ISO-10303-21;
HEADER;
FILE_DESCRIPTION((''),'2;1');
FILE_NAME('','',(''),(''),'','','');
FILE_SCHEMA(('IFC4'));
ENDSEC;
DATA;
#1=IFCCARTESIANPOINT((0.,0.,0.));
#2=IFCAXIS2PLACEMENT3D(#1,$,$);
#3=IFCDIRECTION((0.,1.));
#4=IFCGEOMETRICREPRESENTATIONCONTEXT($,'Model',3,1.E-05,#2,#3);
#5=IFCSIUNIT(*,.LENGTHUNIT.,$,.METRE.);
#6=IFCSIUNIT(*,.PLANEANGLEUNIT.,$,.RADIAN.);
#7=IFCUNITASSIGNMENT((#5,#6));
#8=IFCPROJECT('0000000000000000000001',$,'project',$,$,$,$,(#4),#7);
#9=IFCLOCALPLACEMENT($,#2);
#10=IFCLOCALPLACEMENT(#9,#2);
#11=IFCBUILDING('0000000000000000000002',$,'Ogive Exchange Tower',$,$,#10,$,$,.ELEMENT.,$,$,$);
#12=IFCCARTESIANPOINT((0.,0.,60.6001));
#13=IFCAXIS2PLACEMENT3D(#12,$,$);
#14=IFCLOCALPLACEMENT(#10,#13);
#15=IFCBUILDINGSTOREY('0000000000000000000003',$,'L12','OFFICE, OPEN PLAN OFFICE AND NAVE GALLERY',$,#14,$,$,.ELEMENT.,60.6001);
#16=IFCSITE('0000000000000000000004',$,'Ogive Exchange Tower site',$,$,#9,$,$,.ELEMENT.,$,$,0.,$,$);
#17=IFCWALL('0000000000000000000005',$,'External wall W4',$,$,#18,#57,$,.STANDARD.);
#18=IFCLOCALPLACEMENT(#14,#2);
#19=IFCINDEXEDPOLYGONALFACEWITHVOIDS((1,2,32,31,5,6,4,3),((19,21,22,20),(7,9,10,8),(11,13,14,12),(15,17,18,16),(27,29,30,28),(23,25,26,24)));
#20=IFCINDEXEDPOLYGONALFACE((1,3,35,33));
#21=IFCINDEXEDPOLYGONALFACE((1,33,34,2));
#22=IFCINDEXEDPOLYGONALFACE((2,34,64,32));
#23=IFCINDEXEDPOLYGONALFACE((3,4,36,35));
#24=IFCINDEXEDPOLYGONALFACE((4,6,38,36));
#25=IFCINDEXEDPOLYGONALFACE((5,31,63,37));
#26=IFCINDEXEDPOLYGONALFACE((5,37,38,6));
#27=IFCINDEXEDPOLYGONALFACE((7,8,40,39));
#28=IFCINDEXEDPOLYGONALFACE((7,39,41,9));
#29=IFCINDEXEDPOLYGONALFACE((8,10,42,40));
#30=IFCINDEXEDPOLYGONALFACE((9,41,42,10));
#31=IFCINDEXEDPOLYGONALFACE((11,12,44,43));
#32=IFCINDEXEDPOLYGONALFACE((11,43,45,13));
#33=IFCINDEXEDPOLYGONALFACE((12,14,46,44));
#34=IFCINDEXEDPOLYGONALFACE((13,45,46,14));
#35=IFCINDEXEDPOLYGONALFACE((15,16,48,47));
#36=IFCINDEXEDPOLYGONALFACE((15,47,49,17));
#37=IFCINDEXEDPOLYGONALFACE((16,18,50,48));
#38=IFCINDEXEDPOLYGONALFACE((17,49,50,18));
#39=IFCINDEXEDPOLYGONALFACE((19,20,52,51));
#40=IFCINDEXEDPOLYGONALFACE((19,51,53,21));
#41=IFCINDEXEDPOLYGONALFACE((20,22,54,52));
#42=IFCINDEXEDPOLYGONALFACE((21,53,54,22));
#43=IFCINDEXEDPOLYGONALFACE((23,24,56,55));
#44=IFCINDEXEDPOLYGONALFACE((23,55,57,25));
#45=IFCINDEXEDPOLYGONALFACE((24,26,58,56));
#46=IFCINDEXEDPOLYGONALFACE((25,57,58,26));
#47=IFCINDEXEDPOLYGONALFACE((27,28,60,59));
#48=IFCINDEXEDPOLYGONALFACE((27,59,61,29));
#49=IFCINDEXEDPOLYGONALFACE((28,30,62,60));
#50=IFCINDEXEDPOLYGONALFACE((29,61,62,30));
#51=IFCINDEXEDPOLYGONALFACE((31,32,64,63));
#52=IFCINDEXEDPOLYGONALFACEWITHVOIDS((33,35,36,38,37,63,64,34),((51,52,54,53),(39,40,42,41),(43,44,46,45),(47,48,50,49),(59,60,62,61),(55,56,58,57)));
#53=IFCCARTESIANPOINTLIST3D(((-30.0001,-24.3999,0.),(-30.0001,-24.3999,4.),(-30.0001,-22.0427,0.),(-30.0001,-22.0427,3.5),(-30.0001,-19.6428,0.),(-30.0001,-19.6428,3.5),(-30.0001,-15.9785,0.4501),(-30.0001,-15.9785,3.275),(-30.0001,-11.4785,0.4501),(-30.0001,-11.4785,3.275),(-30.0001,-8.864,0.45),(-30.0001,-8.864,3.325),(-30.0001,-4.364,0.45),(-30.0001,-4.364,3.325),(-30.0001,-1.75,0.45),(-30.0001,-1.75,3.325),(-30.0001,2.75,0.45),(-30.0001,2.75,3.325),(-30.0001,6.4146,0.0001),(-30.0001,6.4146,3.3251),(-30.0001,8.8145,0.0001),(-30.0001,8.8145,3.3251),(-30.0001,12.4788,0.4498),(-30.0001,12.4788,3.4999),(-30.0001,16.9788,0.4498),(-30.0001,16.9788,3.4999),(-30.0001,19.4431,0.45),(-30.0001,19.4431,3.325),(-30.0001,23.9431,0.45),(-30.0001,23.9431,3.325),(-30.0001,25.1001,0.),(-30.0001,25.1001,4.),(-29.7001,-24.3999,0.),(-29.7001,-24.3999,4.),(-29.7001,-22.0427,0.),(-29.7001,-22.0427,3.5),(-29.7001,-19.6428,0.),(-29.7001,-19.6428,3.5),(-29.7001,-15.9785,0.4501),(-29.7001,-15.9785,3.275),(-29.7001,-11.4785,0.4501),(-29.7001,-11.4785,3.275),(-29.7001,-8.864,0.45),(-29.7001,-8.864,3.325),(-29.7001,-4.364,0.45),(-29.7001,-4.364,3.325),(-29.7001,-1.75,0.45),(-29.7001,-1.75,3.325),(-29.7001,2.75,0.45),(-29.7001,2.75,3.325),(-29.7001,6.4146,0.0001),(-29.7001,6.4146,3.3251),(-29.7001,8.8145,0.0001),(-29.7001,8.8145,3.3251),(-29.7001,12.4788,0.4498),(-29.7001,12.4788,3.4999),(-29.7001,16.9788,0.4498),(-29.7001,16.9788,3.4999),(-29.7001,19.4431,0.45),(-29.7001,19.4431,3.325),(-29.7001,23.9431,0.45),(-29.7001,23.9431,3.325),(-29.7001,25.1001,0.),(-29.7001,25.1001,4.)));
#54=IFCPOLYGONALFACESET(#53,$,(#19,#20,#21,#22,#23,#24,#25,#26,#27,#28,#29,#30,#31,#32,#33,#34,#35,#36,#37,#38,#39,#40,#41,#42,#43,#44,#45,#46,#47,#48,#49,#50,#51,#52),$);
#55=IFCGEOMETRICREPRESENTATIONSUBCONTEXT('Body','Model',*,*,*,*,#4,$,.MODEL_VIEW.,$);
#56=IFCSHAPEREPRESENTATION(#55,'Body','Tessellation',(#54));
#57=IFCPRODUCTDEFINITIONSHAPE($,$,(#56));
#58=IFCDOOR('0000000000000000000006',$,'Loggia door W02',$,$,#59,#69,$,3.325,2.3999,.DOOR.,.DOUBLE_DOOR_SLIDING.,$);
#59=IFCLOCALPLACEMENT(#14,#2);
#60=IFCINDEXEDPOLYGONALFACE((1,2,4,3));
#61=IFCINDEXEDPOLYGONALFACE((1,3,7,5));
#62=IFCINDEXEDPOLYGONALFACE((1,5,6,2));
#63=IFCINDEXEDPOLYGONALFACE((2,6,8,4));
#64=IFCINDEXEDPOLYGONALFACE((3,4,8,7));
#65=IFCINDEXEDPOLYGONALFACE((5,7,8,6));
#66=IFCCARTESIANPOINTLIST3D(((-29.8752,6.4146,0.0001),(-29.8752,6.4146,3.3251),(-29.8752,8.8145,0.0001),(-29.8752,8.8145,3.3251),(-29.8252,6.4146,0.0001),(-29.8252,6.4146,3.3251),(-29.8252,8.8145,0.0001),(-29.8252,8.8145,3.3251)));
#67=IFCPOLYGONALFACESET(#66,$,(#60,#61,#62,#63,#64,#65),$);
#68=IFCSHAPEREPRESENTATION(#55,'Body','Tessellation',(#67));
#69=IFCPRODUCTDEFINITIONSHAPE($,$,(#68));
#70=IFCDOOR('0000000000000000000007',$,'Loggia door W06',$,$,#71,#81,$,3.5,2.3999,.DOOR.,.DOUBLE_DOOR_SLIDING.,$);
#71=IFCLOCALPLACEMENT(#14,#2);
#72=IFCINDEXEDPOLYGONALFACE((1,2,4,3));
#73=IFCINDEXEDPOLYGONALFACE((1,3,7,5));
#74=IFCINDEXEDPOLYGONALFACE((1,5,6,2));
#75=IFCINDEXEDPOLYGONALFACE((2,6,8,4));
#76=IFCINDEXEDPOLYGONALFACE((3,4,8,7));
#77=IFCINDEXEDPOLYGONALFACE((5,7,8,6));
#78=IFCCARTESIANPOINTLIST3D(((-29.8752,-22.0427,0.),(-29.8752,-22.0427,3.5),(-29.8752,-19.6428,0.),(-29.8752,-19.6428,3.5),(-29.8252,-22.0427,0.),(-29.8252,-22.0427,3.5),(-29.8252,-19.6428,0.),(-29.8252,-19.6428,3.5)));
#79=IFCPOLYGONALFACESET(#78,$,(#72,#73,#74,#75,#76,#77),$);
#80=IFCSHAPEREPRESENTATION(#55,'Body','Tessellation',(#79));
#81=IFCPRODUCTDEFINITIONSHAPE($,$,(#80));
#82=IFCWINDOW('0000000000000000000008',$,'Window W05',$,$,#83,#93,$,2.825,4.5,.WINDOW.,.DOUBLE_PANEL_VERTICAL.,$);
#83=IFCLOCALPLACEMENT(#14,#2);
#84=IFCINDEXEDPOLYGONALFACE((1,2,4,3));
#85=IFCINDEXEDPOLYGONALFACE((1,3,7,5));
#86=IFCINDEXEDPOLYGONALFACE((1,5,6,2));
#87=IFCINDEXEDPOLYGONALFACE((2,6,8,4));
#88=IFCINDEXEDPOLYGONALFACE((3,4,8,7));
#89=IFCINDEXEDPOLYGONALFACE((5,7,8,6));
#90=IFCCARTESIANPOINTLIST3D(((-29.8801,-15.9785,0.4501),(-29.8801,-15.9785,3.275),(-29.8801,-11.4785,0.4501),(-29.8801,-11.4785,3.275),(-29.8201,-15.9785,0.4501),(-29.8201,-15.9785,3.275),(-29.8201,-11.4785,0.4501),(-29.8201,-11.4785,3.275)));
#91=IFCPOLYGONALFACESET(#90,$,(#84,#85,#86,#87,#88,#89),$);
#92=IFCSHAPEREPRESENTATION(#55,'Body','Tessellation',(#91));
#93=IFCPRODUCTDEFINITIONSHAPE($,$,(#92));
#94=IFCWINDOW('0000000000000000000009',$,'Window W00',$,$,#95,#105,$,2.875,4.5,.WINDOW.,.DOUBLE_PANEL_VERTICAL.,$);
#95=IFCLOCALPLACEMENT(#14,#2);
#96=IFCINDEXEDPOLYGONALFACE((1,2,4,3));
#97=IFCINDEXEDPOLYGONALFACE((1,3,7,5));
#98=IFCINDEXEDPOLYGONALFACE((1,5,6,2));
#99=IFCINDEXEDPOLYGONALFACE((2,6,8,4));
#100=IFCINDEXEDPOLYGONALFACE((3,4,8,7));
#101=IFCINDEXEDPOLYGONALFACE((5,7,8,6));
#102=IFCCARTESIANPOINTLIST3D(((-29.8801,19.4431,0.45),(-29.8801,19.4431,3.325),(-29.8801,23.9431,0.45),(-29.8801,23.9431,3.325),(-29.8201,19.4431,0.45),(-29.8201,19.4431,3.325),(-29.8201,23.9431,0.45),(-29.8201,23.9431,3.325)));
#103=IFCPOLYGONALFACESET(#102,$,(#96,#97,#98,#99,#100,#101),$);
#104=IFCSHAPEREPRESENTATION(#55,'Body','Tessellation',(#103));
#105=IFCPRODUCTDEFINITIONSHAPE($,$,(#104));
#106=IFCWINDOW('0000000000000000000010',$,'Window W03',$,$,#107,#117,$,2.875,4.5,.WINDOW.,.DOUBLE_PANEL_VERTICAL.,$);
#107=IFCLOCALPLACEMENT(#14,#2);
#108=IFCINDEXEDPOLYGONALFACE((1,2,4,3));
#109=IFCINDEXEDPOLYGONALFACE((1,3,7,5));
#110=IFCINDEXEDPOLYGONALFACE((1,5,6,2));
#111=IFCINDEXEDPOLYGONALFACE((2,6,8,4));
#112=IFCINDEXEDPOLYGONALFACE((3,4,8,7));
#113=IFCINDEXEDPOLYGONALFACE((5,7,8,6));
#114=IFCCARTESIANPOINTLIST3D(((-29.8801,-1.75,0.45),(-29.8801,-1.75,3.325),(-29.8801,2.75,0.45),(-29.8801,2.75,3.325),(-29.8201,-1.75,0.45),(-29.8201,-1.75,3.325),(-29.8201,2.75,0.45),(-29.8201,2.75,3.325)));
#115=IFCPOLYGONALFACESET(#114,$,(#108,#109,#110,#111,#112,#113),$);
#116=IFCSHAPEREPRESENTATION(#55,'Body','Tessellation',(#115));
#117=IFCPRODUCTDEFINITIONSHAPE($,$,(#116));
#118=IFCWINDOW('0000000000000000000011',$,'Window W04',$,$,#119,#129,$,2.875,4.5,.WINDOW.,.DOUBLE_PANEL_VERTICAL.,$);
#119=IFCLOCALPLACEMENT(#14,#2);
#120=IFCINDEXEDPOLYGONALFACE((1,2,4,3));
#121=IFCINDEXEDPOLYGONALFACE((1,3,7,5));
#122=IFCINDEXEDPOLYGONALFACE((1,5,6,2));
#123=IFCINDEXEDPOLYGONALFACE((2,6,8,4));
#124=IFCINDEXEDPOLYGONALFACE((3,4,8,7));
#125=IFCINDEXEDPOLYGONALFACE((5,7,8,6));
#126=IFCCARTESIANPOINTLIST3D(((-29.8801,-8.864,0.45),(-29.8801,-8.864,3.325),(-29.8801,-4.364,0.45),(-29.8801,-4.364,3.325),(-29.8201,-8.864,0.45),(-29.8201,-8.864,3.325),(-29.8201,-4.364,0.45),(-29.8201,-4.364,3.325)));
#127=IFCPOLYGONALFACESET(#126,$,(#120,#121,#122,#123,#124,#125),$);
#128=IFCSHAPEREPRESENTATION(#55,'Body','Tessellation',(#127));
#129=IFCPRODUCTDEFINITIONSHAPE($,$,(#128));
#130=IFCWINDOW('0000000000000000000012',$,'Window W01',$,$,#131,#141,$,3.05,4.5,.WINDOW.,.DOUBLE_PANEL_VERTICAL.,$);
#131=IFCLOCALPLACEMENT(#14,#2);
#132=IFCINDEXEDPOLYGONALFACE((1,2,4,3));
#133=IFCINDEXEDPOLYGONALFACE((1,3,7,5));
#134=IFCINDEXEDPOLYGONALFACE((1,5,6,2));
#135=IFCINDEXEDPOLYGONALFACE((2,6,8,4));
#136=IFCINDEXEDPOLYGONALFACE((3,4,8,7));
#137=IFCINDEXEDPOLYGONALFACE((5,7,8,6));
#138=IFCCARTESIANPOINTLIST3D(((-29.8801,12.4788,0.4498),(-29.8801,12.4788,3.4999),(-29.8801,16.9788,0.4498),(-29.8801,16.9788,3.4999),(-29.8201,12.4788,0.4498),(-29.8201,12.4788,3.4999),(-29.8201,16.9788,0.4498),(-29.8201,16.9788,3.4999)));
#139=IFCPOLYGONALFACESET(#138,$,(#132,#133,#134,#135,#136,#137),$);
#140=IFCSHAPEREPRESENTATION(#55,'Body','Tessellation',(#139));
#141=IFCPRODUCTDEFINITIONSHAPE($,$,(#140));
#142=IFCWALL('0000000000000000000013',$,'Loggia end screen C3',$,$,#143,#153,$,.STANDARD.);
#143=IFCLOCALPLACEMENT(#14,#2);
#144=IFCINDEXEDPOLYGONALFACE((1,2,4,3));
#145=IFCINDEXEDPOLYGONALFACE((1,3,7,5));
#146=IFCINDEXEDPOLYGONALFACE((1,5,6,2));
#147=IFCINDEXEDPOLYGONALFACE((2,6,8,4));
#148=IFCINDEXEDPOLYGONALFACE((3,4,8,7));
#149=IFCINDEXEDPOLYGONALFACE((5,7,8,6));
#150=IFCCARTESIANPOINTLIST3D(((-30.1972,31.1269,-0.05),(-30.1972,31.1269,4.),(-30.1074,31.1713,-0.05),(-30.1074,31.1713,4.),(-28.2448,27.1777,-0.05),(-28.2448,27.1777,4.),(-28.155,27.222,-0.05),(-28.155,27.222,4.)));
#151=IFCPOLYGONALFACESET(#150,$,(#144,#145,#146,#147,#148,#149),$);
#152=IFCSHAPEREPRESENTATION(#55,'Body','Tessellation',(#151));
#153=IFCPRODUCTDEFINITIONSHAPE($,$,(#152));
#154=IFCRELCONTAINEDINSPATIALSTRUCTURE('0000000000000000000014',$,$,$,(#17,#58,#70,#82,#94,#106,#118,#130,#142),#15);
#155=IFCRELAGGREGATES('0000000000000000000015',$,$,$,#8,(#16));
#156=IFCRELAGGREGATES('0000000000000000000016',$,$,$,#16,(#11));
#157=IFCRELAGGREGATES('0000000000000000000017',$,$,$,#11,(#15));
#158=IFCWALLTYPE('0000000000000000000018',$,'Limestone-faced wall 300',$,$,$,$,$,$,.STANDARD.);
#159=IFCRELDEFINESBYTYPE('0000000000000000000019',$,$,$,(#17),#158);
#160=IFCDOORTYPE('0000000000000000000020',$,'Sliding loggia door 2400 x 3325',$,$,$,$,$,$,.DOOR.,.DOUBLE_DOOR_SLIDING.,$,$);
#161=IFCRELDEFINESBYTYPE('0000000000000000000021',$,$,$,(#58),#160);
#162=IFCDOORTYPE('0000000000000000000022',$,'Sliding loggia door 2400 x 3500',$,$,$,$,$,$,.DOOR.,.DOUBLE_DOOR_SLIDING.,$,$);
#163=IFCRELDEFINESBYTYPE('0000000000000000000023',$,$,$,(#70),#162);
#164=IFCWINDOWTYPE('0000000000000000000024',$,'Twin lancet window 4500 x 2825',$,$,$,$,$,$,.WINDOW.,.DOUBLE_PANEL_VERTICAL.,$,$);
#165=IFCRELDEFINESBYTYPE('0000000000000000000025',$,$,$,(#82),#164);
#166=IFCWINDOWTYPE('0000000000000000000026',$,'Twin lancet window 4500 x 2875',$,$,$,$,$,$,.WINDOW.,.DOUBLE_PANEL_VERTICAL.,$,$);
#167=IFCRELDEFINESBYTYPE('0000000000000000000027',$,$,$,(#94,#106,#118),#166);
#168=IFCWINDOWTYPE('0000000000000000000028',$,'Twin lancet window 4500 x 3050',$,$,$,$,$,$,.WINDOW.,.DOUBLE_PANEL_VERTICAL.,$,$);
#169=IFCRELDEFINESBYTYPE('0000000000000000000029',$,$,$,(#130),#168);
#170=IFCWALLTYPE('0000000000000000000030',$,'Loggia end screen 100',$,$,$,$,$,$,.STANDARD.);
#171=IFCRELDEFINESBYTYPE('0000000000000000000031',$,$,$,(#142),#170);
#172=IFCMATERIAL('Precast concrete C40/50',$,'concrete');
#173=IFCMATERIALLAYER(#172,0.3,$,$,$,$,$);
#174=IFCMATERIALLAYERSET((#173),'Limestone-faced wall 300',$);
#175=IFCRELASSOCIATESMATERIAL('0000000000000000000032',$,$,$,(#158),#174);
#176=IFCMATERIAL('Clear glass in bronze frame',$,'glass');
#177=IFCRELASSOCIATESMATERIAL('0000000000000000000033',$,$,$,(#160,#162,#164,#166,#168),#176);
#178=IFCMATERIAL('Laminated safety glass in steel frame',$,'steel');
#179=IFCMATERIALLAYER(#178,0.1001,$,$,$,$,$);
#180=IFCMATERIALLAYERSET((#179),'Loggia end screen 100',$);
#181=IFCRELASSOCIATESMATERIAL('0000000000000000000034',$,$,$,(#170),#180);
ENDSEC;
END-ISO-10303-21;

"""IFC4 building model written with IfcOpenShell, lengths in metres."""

from ifc_helpers import new_model, si_unit, direction, frame, frame_2d, origin, place, context, subcontext, project, spatial, rectangle, extrude, material, layer, layer_set, type_object, element, fill, save


model = new_model("IFC4")

# Units and contexts
model_context = context("Model", 3, precision=1e-05, world=origin(), true_north=direction((0.0, 1.0)))
body_context = subcontext(model_context, "Body", "Model", "MODEL_VIEW")
ifc_project = project(units=[si_unit("LENGTHUNIT", "METRE"), si_unit("PLANEANGLEUNIT", "RADIAN")], contexts=[model_context])

# Site, building, storey
site_placement = place(None, origin())
site = spatial("IfcSite", under=ifc_project, at=site_placement, Name="Ogive Exchange Tower site", CompositionType="ELEMENT", RefElevation=0.0)
building_placement = place(site_placement, origin())
building = spatial("IfcBuilding", under=site, at=building_placement, Name="Ogive Exchange Tower", CompositionType="ELEMENT")
storey_placement = place(building_placement, frame((0.0, 0.0, 60.6001)))
storey = spatial("IfcBuildingStorey", under=building, at=storey_placement, Name="L12", Description="OFFICE, OPEN PLAN OFFICE AND NAVE GALLERY", CompositionType="ELEMENT", Elevation=60.6001)

# Wall, openings, doors, windows
ifc_material_1 = material(Name="Precast concrete C40/50", Category="concrete")
ifc_layer_1 = layer(ifc_material_1, 0.3)
ifc_layer_set_1 = layer_set([ifc_layer_1], Name="Limestone-faced wall 300")
wall_type_1 = type_object("IfcWallType", Name="Limestone-faced wall 300", PredefinedType="STANDARD", material=ifc_layer_set_1)
wall_1_placement = place(storey_placement, frame((-29.8501, 25.1001, 0.0), z_axis=(0.0, 0.0, 1.0), x_axis=(0.0, -1.0, 0.0)))
wall_1 = element("IfcWall", 1, at=wall_1_placement, inside=storey, type_object=wall_type_1, Name="External wall W4", PredefinedType="STANDARD", context=body_context, shape_type="SweptSolid", body=[
    extrude(rectangle(XDim=49.5, YDim=0.3, at=frame_2d((24.75, 0.0))), origin(), (0.0, 0.0, 1.0), 4.0),
])
opening_1_placement = place(wall_1_placement, frame((1.157, 0.0, 0.45)))
opening_1 = element("IfcOpeningElement", 2, at=opening_1_placement, cuts=wall_1, PredefinedType="OPENING", context=body_context, shape_type="SweptSolid", body=[
    extrude(rectangle(XDim=4.5, YDim=2.875, at=frame_2d((2.25, 1.4375))), frame((0.0, 0.1599, 0.0), z_axis=(0.0, -1.0, 0.0), x_axis=(1.0, 0.0, 0.0)), (0.0, 0.0, 1.0), 0.3201),
])
opening_2_placement = place(wall_1_placement, frame((8.1213, 0.0, 0.45)))
opening_2 = element("IfcOpeningElement", 3, at=opening_2_placement, cuts=wall_1, PredefinedType="OPENING", context=body_context, shape_type="SweptSolid", body=[
    extrude(rectangle(XDim=4.5, YDim=3.05, at=frame_2d((2.25, 1.5249))), frame((0.0, 0.1599, 0.0), z_axis=(0.0, -1.0, 0.0), x_axis=(1.0, 0.0, 0.0)), (0.0, 0.0, 1.0), 0.3201),
])
opening_3_placement = place(wall_1_placement, frame((16.2856, 0.0, 0.0)))
opening_3 = element("IfcOpeningElement", 4, at=opening_3_placement, cuts=wall_1, PredefinedType="OPENING", context=body_context, shape_type="SweptSolid", body=[
    extrude(rectangle(XDim=2.3999, YDim=3.325, at=frame_2d((1.2, 1.6626))), frame((0.0, 0.1599, 0.0), z_axis=(0.0, -1.0, 0.0), x_axis=(1.0, 0.0, 0.0)), (0.0, 0.0, 1.0), 0.3201),
])
opening_4_placement = place(wall_1_placement, frame((22.3501, 0.0, 0.45)))
opening_4 = element("IfcOpeningElement", 5, at=opening_4_placement, cuts=wall_1, PredefinedType="OPENING", context=body_context, shape_type="SweptSolid", body=[
    extrude(rectangle(XDim=4.5, YDim=2.875, at=frame_2d((2.25, 1.4375))), frame((0.0, 0.1599, 0.0), z_axis=(0.0, -1.0, 0.0), x_axis=(1.0, 0.0, 0.0)), (0.0, 0.0, 1.0), 0.3201),
])
opening_5_placement = place(wall_1_placement, frame((29.4641, 0.0, 0.45)))
opening_5 = element("IfcOpeningElement", 6, at=opening_5_placement, cuts=wall_1, PredefinedType="OPENING", context=body_context, shape_type="SweptSolid", body=[
    extrude(rectangle(XDim=4.5, YDim=2.875, at=frame_2d((2.25, 1.4375))), frame((0.0, 0.1599, 0.0), z_axis=(0.0, -1.0, 0.0), x_axis=(1.0, 0.0, 0.0)), (0.0, 0.0, 1.0), 0.3201),
])
opening_6_placement = place(wall_1_placement, frame((36.5786, 0.0, 0.45)))
opening_6 = element("IfcOpeningElement", 7, at=opening_6_placement, cuts=wall_1, PredefinedType="OPENING", context=body_context, shape_type="SweptSolid", body=[
    extrude(rectangle(XDim=4.5, YDim=2.825, at=frame_2d((2.25, 1.4126))), frame((0.0, 0.1599, 0.0), z_axis=(0.0, -1.0, 0.0), x_axis=(1.0, 0.0, 0.0)), (0.0, 0.0, 1.0), 0.3201),
])
opening_7_placement = place(wall_1_placement, frame((44.7429, 0.0, 0.0)))
opening_7 = element("IfcOpeningElement", 8, at=opening_7_placement, cuts=wall_1, PredefinedType="OPENING", context=body_context, shape_type="SweptSolid", body=[
    extrude(rectangle(XDim=2.3999, YDim=3.5, at=frame_2d((1.2, 1.75))), frame((0.0, 0.1599, 0.0), z_axis=(0.0, -1.0, 0.0), x_axis=(1.0, 0.0, 0.0)), (0.0, 0.0, 1.0), 0.3201),
])
ifc_material_2 = material(Name="Clear glass in bronze frame", Category="glass")
door_type_1 = type_object("IfcDoorType", Name="Sliding loggia door 2400 x 3325", OperationType="DOUBLE_DOOR_SLIDING", PredefinedType="DOOR", material=ifc_material_2)
door_1_placement = place(opening_3_placement, origin())
door_1 = element("IfcDoor", 9, at=door_1_placement, inside=storey, type_object=door_type_1, Name="Loggia door W02", OperationType="DOUBLE_DOOR_SLIDING", OverallHeight=3.325, OverallWidth=2.3999, PredefinedType="DOOR", context=body_context, shape_type="SweptSolid", body=[
    extrude(rectangle(XDim=2.3999, YDim=3.325, at=frame_2d((1.2, 1.6626))), frame((0.0, 0.0249, 0.0), z_axis=(0.0, -1.0, 0.0), x_axis=(1.0, 0.0, 0.0)), (0.0, 0.0, 1.0), 0.05),
])
fill(opening_3, door_1)
door_type_2 = type_object("IfcDoorType", Name="Sliding loggia door 2400 x 3500", OperationType="DOUBLE_DOOR_SLIDING", PredefinedType="DOOR", material=ifc_material_2)
door_2_placement = place(opening_7_placement, origin())
door_2 = element("IfcDoor", 10, at=door_2_placement, inside=storey, type_object=door_type_2, Name="Loggia door W06", OperationType="DOUBLE_DOOR_SLIDING", OverallHeight=3.5, OverallWidth=2.3999, PredefinedType="DOOR", context=body_context, shape_type="SweptSolid", body=[
    extrude(rectangle(XDim=2.3999, YDim=3.5, at=frame_2d((1.2, 1.75))), frame((0.0, 0.0249, 0.0), z_axis=(0.0, -1.0, 0.0), x_axis=(1.0, 0.0, 0.0)), (0.0, 0.0, 1.0), 0.05),
])
fill(opening_7, door_2)
window_type_1 = type_object("IfcWindowType", Name="Twin lancet window 4500 x 2825", PartitioningType="DOUBLE_PANEL_VERTICAL", PredefinedType="WINDOW", material=ifc_material_2)
window_1_placement = place(opening_6_placement, origin())
window_1 = element("IfcWindow", 11, at=window_1_placement, inside=storey, type_object=window_type_1, Name="Window W05", OverallHeight=2.825, OverallWidth=4.5, PartitioningType="DOUBLE_PANEL_VERTICAL", PredefinedType="WINDOW", context=body_context, shape_type="SweptSolid", body=[
    extrude(rectangle(XDim=4.5, YDim=2.825, at=frame_2d((2.25, 1.4126))), frame((0.0, 0.03, 0.0), z_axis=(0.0, -1.0, 0.0), x_axis=(1.0, 0.0, 0.0)), (0.0, 0.0, 1.0), 0.0601),
])
fill(opening_6, window_1)
window_type_2 = type_object("IfcWindowType", Name="Twin lancet window 4500 x 2875", PartitioningType="DOUBLE_PANEL_VERTICAL", PredefinedType="WINDOW", material=ifc_material_2)
window_2_placement = place(opening_1_placement, origin())
window_2 = element("IfcWindow", 12, at=window_2_placement, inside=storey, type_object=window_type_2, Name="Window W00", OverallHeight=2.875, OverallWidth=4.5, PartitioningType="DOUBLE_PANEL_VERTICAL", PredefinedType="WINDOW", context=body_context, shape_type="SweptSolid", body=[
    extrude(rectangle(XDim=4.5, YDim=2.875, at=frame_2d((2.25, 1.4375))), frame((0.0, 0.03, 0.0), z_axis=(0.0, -1.0, 0.0), x_axis=(1.0, 0.0, 0.0)), (0.0, 0.0, 1.0), 0.0601),
])
fill(opening_1, window_2)
window_3_placement = place(opening_4_placement, origin())
window_3 = element("IfcWindow", 13, at=window_3_placement, inside=storey, type_object=window_type_2, Name="Window W03", OverallHeight=2.875, OverallWidth=4.5, PartitioningType="DOUBLE_PANEL_VERTICAL", PredefinedType="WINDOW", context=body_context, shape_type="SweptSolid", body=[
    extrude(rectangle(XDim=4.5, YDim=2.875, at=frame_2d((2.25, 1.4375))), frame((0.0, 0.03, 0.0), z_axis=(0.0, -1.0, 0.0), x_axis=(1.0, 0.0, 0.0)), (0.0, 0.0, 1.0), 0.0601),
])
fill(opening_4, window_3)
window_4_placement = place(opening_5_placement, origin())
window_4 = element("IfcWindow", 14, at=window_4_placement, inside=storey, type_object=window_type_2, Name="Window W04", OverallHeight=2.875, OverallWidth=4.5, PartitioningType="DOUBLE_PANEL_VERTICAL", PredefinedType="WINDOW", context=body_context, shape_type="SweptSolid", body=[
    extrude(rectangle(XDim=4.5, YDim=2.875, at=frame_2d((2.25, 1.4375))), frame((0.0, 0.03, 0.0), z_axis=(0.0, -1.0, 0.0), x_axis=(1.0, 0.0, 0.0)), (0.0, 0.0, 1.0), 0.0601),
])
fill(opening_5, window_4)
window_type_3 = type_object("IfcWindowType", Name="Twin lancet window 4500 x 3050", PartitioningType="DOUBLE_PANEL_VERTICAL", PredefinedType="WINDOW", material=ifc_material_2)
window_5_placement = place(opening_2_placement, origin())
window_5 = element("IfcWindow", 15, at=window_5_placement, inside=storey, type_object=window_type_3, Name="Window W01", OverallHeight=3.05, OverallWidth=4.5, PartitioningType="DOUBLE_PANEL_VERTICAL", PredefinedType="WINDOW", context=body_context, shape_type="SweptSolid", body=[
    extrude(rectangle(XDim=4.5, YDim=3.05, at=frame_2d((2.25, 1.5249))), frame((0.0, 0.03, 0.0), z_axis=(0.0, -1.0, 0.0), x_axis=(1.0, 0.0, 0.0)), (0.0, 0.0, 1.0), 0.0601),
])
fill(opening_2, window_5)

# Wall
ifc_material_3 = material(Name="Laminated safety glass in steel frame", Category="steel")
ifc_layer_2 = layer(ifc_material_3, 0.1001)
ifc_layer_set_2 = layer_set([ifc_layer_2], Name="Loggia end screen 100")
wall_type_2 = type_object("IfcWallType", Name="Loggia end screen 100", PredefinedType="STANDARD", material=ifc_layer_set_2)
wall_2_placement = place(storey_placement, frame((-28.2, 27.2, -0.05), z_axis=(0.0, 0.0, 1.0), x_axis=(-0.443175, 0.896435, 0.0)))
element("IfcWall", 16, at=wall_2_placement, inside=storey, type_object=wall_type_2, Name="Loggia end screen C3", PredefinedType="STANDARD", context=body_context, shape_type="SweptSolid", body=[
    extrude(rectangle(XDim=4.4055, YDim=0.1001, at=frame_2d((2.2026, 0.0))), origin(), (0.0, 0.0, 1.0), 4.05),
])

save(model, "model.ifc")
